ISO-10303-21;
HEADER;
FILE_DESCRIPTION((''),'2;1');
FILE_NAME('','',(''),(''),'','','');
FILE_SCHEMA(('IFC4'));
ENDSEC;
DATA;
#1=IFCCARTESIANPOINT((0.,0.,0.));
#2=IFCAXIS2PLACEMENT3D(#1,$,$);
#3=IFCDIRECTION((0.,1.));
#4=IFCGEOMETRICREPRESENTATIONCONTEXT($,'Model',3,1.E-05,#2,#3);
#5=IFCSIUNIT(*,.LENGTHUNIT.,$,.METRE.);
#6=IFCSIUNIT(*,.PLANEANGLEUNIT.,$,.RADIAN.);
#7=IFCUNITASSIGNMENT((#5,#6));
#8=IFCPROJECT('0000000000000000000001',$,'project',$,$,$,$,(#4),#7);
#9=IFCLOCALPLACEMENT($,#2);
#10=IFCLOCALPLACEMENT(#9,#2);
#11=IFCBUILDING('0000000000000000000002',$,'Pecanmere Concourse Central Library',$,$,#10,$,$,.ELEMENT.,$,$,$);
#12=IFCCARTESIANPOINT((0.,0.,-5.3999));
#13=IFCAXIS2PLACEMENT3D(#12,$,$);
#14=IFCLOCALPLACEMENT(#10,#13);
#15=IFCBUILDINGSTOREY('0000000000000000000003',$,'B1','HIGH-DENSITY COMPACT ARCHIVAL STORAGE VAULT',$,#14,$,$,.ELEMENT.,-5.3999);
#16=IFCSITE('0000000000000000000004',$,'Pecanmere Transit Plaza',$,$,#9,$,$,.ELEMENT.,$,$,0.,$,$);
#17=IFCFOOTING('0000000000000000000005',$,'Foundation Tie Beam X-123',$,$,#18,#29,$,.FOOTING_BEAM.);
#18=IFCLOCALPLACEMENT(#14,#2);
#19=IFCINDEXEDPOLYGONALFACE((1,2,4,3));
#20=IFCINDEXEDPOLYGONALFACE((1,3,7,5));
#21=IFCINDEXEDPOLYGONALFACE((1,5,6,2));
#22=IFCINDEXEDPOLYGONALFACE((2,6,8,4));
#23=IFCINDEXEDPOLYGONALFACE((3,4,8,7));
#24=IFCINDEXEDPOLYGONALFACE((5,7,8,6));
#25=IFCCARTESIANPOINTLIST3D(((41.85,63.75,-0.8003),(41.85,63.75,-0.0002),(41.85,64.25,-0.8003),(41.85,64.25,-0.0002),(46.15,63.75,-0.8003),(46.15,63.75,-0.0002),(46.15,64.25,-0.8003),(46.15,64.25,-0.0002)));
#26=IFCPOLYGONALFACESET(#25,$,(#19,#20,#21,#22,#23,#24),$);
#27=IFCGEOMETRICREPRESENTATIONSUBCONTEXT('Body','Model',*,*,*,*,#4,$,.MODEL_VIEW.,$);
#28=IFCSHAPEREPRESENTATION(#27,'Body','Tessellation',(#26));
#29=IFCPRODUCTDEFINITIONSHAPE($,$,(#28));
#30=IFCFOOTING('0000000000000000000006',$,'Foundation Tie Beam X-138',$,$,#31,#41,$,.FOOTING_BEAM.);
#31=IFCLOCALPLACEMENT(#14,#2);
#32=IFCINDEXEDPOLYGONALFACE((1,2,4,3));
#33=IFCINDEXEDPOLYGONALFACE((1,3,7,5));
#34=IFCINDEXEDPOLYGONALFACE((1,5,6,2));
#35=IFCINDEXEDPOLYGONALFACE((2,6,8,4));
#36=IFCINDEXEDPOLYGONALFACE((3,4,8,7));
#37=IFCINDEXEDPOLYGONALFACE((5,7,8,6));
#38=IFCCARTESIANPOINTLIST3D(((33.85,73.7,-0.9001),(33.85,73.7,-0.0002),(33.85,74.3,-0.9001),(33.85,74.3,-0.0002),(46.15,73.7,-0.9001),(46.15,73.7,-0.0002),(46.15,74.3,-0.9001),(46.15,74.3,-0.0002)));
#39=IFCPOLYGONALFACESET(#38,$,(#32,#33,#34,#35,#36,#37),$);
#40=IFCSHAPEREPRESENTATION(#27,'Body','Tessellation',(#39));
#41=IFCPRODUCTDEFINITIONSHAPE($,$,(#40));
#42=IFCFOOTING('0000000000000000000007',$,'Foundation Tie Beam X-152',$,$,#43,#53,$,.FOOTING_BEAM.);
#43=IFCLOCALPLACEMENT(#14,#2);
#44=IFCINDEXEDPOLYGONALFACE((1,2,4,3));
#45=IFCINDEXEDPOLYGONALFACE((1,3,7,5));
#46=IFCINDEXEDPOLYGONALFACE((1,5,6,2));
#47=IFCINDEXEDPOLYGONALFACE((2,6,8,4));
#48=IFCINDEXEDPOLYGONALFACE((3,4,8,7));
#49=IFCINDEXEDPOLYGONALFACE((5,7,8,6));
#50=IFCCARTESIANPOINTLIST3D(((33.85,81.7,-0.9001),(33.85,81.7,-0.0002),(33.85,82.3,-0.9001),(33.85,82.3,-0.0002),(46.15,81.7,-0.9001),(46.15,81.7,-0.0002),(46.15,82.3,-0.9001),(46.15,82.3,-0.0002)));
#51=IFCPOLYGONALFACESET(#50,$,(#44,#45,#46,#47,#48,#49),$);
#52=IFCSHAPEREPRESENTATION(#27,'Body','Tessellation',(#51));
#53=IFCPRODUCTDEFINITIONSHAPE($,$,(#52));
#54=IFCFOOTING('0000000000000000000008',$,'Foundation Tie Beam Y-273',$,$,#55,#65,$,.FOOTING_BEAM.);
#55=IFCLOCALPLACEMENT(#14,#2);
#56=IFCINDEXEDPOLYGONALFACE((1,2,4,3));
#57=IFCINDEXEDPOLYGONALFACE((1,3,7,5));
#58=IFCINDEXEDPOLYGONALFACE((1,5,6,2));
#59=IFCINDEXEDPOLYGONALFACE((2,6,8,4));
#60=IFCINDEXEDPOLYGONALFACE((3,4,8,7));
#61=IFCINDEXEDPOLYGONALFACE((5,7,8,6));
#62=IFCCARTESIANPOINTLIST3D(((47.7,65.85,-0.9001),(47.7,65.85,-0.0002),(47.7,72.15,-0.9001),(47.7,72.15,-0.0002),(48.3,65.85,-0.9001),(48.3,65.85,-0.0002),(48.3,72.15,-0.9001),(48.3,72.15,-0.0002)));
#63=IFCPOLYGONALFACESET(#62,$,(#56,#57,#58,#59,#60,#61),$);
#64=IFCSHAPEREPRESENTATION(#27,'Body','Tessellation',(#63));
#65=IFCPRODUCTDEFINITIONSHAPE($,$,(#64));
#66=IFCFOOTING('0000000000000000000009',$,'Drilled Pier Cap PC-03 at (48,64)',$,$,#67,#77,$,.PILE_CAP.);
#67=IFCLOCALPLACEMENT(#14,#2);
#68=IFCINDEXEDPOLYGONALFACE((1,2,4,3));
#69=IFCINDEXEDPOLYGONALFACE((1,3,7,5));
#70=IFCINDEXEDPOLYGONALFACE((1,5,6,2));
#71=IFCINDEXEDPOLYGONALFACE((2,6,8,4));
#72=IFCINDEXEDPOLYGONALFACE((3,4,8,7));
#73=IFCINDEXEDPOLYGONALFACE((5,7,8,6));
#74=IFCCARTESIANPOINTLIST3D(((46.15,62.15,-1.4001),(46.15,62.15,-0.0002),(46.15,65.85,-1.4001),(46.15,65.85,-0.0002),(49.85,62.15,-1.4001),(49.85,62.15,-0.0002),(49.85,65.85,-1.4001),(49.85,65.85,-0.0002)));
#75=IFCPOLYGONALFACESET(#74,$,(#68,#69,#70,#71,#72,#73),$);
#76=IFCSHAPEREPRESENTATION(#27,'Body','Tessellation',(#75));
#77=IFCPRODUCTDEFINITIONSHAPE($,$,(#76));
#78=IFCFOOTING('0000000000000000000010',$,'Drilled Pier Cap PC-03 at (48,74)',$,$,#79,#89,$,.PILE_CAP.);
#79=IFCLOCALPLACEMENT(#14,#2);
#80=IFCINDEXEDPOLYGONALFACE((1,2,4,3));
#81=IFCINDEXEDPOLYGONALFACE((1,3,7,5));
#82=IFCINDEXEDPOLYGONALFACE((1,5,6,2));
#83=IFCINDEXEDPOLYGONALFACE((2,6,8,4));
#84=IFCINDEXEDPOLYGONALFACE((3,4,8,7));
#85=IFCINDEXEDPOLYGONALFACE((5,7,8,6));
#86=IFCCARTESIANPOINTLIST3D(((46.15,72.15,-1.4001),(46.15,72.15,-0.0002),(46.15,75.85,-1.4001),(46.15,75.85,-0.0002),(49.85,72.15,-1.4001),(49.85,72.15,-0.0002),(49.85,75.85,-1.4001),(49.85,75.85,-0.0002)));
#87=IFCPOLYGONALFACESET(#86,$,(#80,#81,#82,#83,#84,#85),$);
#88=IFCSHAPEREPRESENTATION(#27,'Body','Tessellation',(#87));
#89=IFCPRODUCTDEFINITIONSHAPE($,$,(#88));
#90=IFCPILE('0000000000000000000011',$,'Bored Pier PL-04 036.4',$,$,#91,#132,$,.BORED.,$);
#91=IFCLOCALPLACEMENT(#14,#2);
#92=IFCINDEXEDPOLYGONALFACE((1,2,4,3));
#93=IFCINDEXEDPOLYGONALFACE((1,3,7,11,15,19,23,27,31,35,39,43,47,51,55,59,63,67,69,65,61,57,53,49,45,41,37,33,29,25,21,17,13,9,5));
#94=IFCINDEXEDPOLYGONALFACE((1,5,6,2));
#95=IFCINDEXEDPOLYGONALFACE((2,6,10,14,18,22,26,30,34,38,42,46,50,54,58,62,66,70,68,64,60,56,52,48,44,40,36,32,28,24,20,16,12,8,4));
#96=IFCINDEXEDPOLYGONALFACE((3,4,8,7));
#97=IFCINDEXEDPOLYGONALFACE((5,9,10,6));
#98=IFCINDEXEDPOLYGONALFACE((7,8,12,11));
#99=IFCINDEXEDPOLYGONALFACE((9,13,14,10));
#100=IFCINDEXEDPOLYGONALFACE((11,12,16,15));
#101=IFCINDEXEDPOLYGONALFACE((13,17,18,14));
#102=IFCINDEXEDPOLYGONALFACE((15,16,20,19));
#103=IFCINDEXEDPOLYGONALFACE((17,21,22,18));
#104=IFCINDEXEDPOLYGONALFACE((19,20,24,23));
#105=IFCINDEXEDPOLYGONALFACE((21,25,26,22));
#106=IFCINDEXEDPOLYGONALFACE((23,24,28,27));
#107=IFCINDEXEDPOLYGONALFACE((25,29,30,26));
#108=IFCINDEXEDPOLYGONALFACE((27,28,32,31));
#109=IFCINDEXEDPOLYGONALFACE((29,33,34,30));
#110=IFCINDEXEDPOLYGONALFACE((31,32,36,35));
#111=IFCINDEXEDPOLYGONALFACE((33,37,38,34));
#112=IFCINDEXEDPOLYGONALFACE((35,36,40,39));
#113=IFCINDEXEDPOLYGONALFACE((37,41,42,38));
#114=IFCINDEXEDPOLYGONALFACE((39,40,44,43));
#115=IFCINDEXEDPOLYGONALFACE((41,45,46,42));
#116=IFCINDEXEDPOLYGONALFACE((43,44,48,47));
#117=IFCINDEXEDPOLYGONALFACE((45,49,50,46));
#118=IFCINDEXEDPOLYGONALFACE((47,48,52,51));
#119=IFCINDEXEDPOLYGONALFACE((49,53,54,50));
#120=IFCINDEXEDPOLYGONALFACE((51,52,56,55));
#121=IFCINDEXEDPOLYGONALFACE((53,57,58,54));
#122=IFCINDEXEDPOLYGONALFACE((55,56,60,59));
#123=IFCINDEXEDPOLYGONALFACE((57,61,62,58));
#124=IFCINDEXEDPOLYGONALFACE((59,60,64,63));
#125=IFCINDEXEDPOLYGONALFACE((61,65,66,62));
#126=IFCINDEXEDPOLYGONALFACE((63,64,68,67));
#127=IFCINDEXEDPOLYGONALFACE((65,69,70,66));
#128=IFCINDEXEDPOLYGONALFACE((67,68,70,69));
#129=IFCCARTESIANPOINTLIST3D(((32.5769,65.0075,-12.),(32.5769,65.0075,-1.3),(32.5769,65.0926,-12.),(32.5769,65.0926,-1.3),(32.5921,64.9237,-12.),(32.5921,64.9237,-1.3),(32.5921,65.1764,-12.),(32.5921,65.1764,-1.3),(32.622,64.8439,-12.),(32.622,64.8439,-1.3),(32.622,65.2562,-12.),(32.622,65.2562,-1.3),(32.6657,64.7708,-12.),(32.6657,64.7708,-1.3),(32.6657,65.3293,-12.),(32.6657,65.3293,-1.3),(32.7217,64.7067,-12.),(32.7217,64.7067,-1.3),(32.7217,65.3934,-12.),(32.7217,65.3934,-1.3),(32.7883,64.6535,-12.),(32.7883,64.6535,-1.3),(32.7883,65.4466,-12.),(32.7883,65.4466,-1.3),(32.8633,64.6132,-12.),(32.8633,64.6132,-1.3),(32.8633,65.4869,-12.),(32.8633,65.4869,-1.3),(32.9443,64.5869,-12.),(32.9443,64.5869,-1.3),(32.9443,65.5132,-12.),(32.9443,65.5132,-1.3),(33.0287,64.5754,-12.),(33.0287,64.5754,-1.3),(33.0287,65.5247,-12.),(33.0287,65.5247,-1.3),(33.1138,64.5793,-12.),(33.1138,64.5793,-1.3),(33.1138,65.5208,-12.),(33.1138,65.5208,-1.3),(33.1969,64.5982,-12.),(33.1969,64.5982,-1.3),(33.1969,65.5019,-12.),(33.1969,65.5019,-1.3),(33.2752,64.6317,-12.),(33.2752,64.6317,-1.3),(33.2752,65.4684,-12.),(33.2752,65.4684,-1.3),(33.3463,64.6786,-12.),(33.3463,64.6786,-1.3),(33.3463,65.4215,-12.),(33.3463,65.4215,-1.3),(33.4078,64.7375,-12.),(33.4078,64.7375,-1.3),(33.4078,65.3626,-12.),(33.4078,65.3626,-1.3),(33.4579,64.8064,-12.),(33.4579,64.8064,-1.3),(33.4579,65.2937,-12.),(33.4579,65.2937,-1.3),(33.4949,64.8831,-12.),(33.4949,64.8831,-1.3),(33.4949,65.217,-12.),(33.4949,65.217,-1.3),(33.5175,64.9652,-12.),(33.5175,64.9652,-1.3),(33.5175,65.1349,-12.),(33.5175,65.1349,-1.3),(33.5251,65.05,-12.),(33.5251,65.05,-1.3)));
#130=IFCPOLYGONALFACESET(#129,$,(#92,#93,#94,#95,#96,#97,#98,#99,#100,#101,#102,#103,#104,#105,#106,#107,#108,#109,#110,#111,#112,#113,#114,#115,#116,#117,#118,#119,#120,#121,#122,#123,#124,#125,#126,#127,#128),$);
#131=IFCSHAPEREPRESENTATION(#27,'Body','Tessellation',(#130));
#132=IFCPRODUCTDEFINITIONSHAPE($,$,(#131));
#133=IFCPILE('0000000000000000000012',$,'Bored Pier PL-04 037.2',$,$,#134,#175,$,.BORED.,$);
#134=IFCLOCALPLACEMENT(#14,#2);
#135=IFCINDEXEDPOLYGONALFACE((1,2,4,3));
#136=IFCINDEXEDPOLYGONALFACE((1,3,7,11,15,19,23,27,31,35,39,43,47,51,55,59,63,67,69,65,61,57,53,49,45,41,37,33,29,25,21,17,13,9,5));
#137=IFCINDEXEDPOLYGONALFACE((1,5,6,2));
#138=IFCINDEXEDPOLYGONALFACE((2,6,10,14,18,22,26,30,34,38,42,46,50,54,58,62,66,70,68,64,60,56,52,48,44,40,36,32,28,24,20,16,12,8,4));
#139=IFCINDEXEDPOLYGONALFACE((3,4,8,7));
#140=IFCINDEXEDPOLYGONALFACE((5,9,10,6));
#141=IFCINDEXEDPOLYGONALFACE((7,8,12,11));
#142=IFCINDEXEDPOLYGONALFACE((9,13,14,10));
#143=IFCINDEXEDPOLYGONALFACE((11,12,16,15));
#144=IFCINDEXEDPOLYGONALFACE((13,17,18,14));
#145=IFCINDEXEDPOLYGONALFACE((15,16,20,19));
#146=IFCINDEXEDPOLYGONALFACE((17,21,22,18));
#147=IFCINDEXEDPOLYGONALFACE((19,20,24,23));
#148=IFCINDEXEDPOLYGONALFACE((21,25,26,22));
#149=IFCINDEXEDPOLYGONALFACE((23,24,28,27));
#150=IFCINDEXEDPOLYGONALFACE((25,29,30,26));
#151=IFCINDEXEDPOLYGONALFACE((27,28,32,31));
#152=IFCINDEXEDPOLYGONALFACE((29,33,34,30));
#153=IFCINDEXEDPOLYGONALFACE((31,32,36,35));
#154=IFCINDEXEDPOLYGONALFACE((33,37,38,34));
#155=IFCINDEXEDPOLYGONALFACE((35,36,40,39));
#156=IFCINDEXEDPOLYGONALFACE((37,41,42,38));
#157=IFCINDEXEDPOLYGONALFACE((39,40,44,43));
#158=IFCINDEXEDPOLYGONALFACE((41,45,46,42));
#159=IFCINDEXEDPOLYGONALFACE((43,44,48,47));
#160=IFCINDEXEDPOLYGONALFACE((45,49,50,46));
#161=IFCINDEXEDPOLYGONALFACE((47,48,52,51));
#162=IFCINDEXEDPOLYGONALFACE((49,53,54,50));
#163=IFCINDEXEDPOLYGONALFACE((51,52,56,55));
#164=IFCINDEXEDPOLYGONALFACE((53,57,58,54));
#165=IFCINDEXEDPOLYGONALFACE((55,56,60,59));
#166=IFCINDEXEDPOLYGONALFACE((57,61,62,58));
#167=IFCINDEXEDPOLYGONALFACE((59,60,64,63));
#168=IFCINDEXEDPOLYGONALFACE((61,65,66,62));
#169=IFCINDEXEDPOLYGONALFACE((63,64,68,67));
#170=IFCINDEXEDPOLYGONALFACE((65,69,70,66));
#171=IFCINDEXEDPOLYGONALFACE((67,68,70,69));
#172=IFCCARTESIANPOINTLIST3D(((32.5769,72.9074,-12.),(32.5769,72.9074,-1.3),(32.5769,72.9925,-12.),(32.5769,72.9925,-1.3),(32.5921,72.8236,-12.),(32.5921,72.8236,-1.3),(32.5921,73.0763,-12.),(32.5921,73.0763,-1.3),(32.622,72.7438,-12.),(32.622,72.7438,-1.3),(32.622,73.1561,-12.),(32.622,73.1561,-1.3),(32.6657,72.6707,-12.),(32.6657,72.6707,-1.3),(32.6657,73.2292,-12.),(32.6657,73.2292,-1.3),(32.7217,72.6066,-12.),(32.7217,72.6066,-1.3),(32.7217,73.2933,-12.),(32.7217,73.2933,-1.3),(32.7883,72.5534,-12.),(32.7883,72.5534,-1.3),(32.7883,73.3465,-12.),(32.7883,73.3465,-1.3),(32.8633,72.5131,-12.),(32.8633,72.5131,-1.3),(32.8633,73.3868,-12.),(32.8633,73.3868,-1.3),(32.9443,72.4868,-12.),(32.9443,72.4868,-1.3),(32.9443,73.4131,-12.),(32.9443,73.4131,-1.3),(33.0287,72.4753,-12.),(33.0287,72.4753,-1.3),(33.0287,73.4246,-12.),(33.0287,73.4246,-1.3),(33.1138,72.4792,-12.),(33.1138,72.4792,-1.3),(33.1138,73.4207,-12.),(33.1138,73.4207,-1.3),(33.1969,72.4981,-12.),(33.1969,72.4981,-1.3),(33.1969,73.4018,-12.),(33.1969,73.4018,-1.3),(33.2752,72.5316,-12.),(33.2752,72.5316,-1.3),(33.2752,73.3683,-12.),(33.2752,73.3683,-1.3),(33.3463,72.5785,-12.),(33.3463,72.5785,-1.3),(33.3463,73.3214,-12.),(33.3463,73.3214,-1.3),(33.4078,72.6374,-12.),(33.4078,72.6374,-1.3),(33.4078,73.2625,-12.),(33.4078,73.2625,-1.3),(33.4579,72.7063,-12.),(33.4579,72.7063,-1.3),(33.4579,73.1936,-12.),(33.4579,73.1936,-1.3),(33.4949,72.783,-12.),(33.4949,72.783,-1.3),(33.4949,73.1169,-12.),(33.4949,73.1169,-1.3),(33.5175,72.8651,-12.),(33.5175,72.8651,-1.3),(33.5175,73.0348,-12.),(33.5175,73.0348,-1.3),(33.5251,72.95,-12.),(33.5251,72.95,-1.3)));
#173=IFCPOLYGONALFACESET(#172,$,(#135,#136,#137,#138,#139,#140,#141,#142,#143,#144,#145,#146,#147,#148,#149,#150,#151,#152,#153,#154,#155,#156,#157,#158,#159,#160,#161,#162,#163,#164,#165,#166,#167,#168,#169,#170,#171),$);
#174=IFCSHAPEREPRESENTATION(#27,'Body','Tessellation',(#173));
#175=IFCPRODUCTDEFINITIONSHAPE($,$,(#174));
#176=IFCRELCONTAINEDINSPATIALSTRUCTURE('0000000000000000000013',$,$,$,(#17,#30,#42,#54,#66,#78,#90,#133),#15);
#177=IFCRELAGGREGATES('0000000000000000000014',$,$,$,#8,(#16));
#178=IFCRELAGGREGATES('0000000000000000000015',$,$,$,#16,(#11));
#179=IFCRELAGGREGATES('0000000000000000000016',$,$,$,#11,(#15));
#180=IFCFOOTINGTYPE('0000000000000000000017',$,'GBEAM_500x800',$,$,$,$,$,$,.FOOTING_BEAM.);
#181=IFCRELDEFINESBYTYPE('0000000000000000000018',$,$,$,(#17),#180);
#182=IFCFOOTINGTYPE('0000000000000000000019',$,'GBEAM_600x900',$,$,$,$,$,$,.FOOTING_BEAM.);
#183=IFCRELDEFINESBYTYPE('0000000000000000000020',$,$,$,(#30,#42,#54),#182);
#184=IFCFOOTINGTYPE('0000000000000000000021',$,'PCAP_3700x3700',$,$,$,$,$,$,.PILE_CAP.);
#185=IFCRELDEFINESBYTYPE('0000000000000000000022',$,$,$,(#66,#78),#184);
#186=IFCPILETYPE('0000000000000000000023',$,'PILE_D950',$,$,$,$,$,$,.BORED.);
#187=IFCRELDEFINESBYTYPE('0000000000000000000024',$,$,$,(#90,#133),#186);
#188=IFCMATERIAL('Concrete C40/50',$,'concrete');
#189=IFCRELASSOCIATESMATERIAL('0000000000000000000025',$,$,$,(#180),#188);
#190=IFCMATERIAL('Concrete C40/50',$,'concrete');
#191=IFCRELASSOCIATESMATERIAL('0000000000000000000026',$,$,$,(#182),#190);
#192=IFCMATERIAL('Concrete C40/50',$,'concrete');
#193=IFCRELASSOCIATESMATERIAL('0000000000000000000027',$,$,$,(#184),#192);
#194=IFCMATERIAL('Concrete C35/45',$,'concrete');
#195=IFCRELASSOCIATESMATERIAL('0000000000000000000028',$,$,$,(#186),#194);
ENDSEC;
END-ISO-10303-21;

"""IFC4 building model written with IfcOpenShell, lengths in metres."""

from ifc_helpers import new_model, si_unit, direction, frame, origin, origin_2d, place, context, subcontext, project, spatial, rectangle, circle, extrude, material, material_profile, profile_set, type_object, element, save


model = new_model("IFC4")

# Units and contexts
model_context = context("Model", 3, precision=1e-05, world=origin(), true_north=direction((0.0, 1.0)))
body_context = subcontext(model_context, "Body", "Model", "MODEL_VIEW")
ifc_project = project(units=[si_unit("LENGTHUNIT", "METRE"), si_unit("PLANEANGLEUNIT", "RADIAN")], contexts=[model_context])

# Site, building, storey
site_placement = place(None, origin())
site = spatial("IfcSite", under=ifc_project, at=site_placement, Name="Pecanmere Transit Plaza", CompositionType="ELEMENT", RefElevation=0.0)
building_placement = place(site_placement, origin())
building = spatial("IfcBuilding", under=site, at=building_placement, Name="Pecanmere Concourse Central Library", CompositionType="ELEMENT")
storey_placement = place(building_placement, frame((0.0, 0.0, -5.3999)))
storey = spatial("IfcBuildingStorey", under=building, at=storey_placement, Name="B1", Description="HIGH-DENSITY COMPACT ARCHIVAL STORAGE VAULT", CompositionType="ELEMENT", Elevation=-5.3999)

# Footings
ifc_material_1 = material(Name="Concrete C40/50", Category="concrete")
ifc_material_profile_1 = material_profile(ifc_material_1, rectangle(XDim=0.5, YDim=0.8, at=origin_2d()), Name="RC 500x800")
ifc_profile_set_1 = profile_set([ifc_material_profile_1], Name="Concrete C40/50")
footing_type_1 = type_object("IfcFootingType", Name="GBEAM_500x800", PredefinedType="FOOTING_BEAM", material=ifc_profile_set_1)
footing_1_placement = place(storey_placement, frame((44.0, 64.0, -0.8003), z_axis=(0.0, 0.0, 1.0), x_axis=(1.0, 0.0, 0.0)))
element("IfcFooting", 1, at=footing_1_placement, inside=storey, type_object=footing_type_1, Name="Foundation Tie Beam X-123", PredefinedType="FOOTING_BEAM", context=body_context, shape_type="SweptSolid", body=[
    extrude(rectangle(XDim=4.3, YDim=0.5, at=origin_2d()), origin(), (0.0, 0.0, 1.0), 0.8),
])
ifc_material_2 = material(Name="Concrete C40/50", Category="concrete")
ifc_material_profile_2 = material_profile(ifc_material_2, rectangle(XDim=0.6001, YDim=0.8999, at=origin_2d()), Name="RC 600x900")
ifc_profile_set_2 = profile_set([ifc_material_profile_2], Name="Concrete C40/50")
footing_type_2 = type_object("IfcFootingType", Name="GBEAM_600x900", PredefinedType="FOOTING_BEAM", material=ifc_profile_set_2)
for number, where, z_axis, x_axis, name in (
    (2, (40.0, 74.0, -0.9001), (0.0, 0.0, 1.0), (1.0, 0.0, 0.0), "Foundation Tie Beam X-138"),
    (3, (40.0, 82.0, -0.9001), (0.0, 0.0, 1.0), (1.0, 0.0, 0.0), "Foundation Tie Beam X-152"),
):
    element("IfcFooting", number, at=place(storey_placement, frame(where, z_axis=z_axis, x_axis=x_axis)), inside=storey, type_object=footing_type_2, Name=name, PredefinedType="FOOTING_BEAM", context=body_context, shape_type="SweptSolid", body=[
        extrude(rectangle(XDim=12.3, YDim=0.6001, at=origin_2d()), origin(), (0.0, 0.0, 1.0), 0.8999),
    ])
footing_2_placement = place(storey_placement, frame((48.0, 69.0, -0.9001), z_axis=(0.0, 0.0, 1.0), x_axis=(0.0, 1.0, 0.0)))
element("IfcFooting", 4, at=footing_2_placement, inside=storey, type_object=footing_type_2, Name="Foundation Tie Beam Y-273", PredefinedType="FOOTING_BEAM", context=body_context, shape_type="SweptSolid", body=[
    extrude(rectangle(XDim=6.3, YDim=0.6001, at=origin_2d()), origin(), (0.0, 0.0, 1.0), 0.8999),
])
ifc_material_3 = material(Name="Concrete C40/50", Category="concrete")
footing_type_3 = type_object("IfcFootingType", Name="PCAP_3700x3700", PredefinedType="PILE_CAP", material=ifc_material_3)
for number, where, z_axis, x_axis, name in (
    (5, (48.0, 64.0, -1.4001), (0.0, 0.0, 1.0), (1.0, 0.0, 0.0), "Drilled Pier Cap PC-03 at (48,64)"),
    (6, (48.0, 74.0, -1.4001), (0.0, 0.0, 1.0), (1.0, 0.0, 0.0), "Drilled Pier Cap PC-03 at (48,74)"),
):
    element("IfcFooting", number, at=place(storey_placement, frame(where, z_axis=z_axis, x_axis=x_axis)), inside=storey, type_object=footing_type_3, Name=name, PredefinedType="PILE_CAP", context=body_context, shape_type="SweptSolid", body=[
        extrude(rectangle(XDim=3.7, YDim=3.7, at=origin_2d()), origin(), (0.0, 0.0, 1.0), 1.3999),
    ])

# Piles
ifc_material_4 = material(Name="Concrete C35/45", Category="concrete")
ifc_material_profile_3 = material_profile(ifc_material_4, circle(Radius=0.4751, at=origin_2d()), Name="PIER D950")
ifc_profile_set_3 = profile_set([ifc_material_profile_3], Name="Concrete C35/45")
pile_type = type_object("IfcPileType", Name="PILE_D950", PredefinedType="BORED", material=ifc_profile_set_3)
for number, where, z_axis, x_axis, name in (
    (7, (33.05, 65.05, -1.3), (0.0, 0.0, -1.0), (1.0, 0.0, 0.0), "Bored Pier PL-04 036.4"),
    (8, (33.05, 72.95, -1.3), (0.0, 0.0, -1.0), (1.0, 0.0, 0.0), "Bored Pier PL-04 037.2"),
):
    element("IfcPile", number, at=place(storey_placement, frame(where, z_axis=z_axis, x_axis=x_axis)), inside=storey, type_object=pile_type, Name=name, PredefinedType="BORED", context=body_context, shape_type="SweptSolid", body=[
        extrude(circle(Radius=0.4751, at=origin_2d()), origin(), (0.0, 0.0, 1.0), 10.7),
    ])

save(model, "model.ifc")
